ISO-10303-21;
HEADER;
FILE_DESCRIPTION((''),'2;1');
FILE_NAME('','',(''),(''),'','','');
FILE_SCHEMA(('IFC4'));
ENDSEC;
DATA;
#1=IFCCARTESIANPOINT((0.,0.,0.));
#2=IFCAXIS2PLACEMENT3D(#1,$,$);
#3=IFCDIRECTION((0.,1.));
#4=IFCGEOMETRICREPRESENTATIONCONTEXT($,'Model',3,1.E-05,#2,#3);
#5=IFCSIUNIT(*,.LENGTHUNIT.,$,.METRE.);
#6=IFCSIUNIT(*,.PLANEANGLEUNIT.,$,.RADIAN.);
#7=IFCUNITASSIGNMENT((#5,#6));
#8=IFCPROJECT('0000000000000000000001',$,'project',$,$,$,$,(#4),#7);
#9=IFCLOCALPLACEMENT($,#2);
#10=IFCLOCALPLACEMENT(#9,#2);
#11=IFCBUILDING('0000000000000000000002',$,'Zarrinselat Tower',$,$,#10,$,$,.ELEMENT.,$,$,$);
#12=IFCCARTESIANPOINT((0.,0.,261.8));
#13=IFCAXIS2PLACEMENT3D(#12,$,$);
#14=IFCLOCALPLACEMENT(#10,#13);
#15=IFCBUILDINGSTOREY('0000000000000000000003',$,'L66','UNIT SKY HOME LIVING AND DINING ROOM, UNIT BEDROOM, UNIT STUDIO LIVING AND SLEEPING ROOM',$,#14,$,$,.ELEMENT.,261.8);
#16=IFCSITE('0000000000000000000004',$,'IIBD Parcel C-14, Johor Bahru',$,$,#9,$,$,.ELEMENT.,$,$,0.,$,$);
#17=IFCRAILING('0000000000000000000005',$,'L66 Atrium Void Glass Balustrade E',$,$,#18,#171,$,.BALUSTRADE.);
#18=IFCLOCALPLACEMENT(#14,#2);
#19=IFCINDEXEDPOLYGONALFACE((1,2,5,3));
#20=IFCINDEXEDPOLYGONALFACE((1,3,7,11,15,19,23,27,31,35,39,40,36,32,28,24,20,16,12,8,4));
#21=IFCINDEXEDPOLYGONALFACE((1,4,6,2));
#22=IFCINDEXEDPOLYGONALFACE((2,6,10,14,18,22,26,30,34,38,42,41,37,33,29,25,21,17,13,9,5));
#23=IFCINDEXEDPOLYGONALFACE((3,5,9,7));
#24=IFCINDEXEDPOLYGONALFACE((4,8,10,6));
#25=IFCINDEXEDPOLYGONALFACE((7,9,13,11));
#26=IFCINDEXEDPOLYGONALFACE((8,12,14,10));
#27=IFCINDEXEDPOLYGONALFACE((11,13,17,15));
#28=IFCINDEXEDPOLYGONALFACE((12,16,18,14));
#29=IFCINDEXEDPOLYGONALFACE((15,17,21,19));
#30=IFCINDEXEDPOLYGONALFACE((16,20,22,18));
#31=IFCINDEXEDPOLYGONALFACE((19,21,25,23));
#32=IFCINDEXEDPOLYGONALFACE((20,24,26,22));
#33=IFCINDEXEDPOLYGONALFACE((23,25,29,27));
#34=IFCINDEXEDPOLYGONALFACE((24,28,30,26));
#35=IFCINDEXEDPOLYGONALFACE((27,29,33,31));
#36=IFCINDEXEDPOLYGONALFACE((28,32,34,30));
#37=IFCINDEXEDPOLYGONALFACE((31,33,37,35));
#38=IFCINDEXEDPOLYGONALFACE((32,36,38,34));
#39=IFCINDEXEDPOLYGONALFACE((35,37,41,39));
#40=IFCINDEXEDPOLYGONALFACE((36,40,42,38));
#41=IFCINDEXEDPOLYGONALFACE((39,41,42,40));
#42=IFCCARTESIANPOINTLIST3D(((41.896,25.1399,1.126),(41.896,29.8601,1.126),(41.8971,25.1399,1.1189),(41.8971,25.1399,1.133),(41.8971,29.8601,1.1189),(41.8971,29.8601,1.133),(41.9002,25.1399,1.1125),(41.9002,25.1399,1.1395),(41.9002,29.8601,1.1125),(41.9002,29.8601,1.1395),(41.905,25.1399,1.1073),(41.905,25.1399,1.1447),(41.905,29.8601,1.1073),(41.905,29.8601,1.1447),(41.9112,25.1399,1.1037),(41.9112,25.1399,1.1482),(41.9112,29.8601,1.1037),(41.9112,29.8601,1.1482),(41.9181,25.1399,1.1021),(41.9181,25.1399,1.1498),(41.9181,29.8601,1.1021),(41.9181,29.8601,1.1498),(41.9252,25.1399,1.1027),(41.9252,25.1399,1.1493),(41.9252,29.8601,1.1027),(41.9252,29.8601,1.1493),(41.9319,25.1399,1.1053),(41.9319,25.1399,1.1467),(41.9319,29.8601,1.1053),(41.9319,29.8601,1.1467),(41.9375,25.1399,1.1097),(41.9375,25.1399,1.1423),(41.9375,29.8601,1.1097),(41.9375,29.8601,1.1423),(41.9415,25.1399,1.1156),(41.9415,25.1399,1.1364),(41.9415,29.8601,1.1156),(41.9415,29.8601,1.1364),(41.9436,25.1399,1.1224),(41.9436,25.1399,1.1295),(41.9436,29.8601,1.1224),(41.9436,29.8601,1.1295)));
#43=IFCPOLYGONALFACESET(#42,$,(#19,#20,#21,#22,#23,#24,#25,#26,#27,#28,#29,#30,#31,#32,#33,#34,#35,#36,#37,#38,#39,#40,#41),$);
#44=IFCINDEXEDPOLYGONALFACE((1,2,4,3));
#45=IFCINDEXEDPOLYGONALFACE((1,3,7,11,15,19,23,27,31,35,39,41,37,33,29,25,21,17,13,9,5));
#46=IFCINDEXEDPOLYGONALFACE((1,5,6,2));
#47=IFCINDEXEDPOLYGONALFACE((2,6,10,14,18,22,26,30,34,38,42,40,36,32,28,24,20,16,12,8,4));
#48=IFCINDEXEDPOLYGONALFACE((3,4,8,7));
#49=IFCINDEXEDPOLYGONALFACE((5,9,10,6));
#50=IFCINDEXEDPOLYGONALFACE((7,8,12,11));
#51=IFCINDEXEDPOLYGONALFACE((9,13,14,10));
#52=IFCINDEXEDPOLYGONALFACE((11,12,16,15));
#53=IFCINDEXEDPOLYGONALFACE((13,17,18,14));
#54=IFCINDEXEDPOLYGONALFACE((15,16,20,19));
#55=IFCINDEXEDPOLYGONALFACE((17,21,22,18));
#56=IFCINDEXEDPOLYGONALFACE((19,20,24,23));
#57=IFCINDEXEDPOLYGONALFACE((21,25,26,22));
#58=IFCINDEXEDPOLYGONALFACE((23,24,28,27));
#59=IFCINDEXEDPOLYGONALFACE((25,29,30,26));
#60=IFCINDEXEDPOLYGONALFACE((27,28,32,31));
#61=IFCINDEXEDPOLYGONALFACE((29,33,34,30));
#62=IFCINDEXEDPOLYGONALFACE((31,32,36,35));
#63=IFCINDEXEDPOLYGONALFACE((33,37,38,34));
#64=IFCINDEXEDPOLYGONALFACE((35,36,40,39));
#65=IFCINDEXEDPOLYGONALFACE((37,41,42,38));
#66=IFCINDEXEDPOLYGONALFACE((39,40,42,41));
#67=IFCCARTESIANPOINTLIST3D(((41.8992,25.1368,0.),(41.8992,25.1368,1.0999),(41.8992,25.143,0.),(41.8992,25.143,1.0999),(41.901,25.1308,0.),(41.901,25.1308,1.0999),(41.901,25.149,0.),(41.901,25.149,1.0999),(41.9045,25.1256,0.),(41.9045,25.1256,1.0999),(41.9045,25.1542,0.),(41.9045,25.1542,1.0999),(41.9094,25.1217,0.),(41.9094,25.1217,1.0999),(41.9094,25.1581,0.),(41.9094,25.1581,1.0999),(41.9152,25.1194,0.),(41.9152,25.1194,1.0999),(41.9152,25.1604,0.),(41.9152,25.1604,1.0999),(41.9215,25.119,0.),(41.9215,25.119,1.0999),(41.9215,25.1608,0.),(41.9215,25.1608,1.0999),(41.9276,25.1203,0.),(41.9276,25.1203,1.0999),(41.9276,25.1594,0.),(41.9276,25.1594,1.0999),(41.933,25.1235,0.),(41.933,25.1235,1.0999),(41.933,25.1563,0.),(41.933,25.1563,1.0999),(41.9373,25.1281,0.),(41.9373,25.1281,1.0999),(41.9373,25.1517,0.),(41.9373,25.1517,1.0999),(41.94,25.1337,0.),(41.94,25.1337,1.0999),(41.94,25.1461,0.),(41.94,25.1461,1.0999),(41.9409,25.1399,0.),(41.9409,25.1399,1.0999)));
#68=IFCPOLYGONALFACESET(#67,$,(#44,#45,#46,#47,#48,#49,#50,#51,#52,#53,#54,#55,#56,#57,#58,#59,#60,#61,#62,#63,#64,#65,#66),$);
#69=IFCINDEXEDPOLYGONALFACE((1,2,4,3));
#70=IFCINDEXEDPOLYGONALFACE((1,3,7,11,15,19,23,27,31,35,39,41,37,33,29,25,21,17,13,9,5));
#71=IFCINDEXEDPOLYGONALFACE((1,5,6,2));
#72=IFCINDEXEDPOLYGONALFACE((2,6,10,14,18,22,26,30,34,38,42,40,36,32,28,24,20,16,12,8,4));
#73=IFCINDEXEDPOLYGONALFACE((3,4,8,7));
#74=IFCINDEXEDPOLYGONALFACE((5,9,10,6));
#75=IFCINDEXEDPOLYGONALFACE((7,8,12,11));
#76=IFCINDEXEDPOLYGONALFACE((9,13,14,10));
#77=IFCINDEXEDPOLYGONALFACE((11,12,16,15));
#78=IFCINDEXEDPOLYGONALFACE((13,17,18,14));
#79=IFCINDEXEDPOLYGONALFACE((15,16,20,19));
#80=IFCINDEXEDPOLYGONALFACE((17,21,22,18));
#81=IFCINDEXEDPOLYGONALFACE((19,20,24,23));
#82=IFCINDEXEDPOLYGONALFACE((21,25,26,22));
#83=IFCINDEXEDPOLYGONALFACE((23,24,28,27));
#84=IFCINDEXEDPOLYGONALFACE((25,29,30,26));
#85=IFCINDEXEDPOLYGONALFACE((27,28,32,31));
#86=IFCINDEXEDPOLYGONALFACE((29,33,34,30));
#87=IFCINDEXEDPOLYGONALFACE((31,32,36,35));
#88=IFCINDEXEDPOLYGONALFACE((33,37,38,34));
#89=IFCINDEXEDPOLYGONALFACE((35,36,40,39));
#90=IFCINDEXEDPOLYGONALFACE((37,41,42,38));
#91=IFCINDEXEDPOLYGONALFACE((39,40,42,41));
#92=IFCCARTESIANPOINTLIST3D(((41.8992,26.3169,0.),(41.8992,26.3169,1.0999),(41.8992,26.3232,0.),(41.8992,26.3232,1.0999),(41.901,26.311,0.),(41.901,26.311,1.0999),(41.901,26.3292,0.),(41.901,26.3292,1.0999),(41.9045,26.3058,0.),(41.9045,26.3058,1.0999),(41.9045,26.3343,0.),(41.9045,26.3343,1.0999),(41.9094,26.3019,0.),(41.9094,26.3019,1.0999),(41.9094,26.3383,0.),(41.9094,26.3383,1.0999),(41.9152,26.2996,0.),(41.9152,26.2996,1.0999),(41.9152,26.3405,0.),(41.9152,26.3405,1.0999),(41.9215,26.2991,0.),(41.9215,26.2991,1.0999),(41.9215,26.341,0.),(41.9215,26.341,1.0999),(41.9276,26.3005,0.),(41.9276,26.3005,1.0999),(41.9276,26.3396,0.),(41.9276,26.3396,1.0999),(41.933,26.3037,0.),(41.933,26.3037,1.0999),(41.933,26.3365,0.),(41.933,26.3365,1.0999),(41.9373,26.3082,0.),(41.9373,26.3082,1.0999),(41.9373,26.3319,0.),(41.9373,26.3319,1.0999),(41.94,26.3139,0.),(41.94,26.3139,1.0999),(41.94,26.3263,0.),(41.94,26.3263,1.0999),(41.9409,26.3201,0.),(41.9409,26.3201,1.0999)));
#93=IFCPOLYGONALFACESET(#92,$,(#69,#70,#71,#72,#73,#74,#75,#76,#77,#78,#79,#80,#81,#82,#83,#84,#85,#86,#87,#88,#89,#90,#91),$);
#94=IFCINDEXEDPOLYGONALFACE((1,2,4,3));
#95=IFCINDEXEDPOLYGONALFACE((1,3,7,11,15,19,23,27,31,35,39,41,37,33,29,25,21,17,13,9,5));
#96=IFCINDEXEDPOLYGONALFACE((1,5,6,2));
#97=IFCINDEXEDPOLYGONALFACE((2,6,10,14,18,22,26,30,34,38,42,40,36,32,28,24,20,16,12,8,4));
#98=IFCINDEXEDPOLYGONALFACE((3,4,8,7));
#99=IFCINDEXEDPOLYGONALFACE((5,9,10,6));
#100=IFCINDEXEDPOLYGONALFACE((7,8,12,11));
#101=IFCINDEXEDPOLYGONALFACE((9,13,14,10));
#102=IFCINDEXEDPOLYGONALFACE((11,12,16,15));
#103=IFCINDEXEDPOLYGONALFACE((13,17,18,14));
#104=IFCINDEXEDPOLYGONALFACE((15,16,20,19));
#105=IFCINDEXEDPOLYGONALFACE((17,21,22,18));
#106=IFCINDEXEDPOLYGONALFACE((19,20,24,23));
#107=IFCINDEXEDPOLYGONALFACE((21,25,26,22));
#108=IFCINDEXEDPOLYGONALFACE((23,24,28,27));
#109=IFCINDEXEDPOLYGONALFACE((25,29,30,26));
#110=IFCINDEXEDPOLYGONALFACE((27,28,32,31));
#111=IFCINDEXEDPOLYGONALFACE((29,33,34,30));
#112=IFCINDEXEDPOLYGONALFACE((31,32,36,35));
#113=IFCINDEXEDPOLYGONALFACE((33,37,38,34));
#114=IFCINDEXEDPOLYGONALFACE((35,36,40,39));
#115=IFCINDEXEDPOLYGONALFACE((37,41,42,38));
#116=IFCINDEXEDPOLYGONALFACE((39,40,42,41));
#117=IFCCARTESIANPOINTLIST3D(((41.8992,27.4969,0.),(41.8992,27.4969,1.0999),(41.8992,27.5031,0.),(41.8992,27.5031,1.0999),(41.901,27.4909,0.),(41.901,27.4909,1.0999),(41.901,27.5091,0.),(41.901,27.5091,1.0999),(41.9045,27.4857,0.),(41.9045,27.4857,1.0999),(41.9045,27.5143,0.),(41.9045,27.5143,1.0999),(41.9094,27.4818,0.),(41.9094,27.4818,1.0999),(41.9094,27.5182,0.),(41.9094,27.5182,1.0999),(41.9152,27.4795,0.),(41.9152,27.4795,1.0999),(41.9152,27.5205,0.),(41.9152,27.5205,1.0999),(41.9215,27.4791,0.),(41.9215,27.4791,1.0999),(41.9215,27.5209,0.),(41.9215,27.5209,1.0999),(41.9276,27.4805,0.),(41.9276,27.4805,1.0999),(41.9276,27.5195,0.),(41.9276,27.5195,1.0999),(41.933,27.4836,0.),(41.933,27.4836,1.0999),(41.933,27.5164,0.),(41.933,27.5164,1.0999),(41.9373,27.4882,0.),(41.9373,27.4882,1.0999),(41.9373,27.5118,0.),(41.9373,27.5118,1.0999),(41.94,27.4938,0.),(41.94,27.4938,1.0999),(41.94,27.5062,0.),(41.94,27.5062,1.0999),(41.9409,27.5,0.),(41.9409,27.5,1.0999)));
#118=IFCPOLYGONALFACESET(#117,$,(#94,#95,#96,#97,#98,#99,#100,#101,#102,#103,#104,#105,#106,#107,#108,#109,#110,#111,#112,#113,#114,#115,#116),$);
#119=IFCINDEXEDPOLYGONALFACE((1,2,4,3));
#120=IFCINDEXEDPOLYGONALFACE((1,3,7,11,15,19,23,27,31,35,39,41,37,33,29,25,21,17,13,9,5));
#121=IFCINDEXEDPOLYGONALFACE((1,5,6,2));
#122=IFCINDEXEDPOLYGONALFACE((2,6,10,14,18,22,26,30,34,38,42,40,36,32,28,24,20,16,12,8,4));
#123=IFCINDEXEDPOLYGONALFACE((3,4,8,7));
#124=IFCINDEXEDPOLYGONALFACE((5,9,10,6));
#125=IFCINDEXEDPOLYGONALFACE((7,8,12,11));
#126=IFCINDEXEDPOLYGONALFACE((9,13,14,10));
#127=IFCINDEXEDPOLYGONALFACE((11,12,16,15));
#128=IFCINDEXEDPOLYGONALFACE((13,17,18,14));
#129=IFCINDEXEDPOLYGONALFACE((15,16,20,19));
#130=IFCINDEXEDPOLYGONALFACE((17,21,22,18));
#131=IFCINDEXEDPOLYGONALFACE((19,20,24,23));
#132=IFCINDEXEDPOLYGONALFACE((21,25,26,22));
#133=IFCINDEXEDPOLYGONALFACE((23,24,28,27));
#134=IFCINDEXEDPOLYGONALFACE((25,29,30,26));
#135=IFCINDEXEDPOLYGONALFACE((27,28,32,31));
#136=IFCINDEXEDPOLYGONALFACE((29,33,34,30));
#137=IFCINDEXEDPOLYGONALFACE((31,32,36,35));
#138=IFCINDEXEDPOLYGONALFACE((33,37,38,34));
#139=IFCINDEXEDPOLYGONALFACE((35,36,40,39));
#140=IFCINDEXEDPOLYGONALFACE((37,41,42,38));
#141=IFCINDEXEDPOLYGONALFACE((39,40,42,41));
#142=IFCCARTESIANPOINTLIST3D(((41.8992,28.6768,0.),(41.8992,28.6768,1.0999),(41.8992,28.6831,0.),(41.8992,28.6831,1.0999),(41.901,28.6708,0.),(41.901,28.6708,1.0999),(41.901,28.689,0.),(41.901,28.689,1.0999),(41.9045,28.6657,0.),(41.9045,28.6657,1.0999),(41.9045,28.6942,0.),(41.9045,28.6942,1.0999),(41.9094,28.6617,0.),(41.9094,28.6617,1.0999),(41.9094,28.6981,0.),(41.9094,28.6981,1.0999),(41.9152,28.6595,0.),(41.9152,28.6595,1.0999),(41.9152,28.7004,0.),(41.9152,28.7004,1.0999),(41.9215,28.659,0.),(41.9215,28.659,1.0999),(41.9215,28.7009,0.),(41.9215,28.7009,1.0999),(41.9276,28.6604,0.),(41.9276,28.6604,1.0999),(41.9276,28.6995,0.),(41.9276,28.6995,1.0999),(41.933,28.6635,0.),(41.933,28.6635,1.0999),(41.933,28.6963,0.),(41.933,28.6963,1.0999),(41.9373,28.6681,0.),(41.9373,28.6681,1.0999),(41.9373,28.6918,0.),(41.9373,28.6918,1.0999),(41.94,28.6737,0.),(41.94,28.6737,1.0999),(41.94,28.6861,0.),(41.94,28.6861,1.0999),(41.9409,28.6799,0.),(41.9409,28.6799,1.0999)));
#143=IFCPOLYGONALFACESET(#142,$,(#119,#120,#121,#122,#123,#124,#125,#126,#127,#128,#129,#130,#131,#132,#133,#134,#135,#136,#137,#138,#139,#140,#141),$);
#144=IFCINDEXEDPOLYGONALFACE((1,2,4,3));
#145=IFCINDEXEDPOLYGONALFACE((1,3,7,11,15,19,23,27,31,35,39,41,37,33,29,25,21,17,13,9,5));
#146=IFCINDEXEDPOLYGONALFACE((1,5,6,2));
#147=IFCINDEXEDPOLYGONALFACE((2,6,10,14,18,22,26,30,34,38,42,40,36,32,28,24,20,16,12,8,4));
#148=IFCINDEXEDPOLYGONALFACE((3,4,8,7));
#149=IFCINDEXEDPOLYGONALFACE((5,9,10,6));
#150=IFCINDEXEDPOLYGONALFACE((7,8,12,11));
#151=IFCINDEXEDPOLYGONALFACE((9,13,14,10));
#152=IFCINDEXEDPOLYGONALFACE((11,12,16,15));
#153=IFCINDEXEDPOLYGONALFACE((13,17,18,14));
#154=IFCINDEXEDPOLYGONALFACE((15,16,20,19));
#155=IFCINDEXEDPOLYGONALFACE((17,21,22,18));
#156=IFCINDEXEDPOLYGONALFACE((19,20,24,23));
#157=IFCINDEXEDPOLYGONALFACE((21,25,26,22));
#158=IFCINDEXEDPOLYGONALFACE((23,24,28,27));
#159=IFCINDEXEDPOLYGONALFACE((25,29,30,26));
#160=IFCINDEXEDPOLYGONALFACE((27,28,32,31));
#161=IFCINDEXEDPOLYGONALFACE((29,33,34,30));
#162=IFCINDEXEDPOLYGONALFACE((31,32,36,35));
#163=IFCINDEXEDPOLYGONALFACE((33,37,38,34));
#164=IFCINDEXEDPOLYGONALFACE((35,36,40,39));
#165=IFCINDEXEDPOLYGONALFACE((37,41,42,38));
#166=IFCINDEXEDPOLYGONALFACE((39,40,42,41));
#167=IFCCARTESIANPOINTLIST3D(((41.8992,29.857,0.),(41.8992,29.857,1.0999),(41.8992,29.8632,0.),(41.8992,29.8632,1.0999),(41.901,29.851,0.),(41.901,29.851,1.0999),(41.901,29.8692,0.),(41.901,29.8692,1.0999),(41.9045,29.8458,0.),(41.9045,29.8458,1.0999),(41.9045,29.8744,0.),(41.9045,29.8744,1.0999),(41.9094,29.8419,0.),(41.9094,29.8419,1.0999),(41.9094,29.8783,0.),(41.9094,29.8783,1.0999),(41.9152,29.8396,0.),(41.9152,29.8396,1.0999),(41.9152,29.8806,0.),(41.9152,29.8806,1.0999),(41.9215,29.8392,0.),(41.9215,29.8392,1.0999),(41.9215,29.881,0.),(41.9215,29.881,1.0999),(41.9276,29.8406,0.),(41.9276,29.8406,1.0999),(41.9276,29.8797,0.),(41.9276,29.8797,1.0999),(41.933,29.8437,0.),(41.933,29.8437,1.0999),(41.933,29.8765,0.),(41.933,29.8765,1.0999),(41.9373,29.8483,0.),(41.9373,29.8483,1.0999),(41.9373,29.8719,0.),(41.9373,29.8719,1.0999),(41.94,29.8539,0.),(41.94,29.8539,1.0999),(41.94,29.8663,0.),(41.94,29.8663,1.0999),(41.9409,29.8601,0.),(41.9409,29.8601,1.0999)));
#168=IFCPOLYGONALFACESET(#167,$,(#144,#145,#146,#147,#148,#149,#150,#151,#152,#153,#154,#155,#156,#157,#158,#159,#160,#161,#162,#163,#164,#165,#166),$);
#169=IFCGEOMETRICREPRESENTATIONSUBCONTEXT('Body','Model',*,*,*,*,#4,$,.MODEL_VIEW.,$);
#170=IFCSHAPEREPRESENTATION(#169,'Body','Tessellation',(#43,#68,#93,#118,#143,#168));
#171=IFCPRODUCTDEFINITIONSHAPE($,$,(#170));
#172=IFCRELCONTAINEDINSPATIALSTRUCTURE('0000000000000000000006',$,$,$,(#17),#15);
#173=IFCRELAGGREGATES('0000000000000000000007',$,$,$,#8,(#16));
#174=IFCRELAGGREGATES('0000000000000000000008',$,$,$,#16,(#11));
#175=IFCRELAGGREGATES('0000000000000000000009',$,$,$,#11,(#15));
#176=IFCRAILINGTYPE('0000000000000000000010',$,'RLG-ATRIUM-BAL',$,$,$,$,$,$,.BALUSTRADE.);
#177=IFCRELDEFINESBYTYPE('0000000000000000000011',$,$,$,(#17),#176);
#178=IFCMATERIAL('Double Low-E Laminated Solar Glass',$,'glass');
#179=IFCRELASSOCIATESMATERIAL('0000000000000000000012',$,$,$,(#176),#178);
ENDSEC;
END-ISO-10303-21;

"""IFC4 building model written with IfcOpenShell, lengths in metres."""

from ifc_helpers import new_model, si_unit, direction, frame, origin, origin_2d, place, context, subcontext, project, spatial, circle, extrude, material, type_object, element, save


model = new_model("IFC4")

# Units and contexts
model_context = context("Model", 3, precision=1e-05, world=origin(), true_north=direction((0.0, 1.0)))
body_context = subcontext(model_context, "Body", "Model", "MODEL_VIEW")
ifc_project = project(units=[si_unit("LENGTHUNIT", "METRE"), si_unit("PLANEANGLEUNIT", "RADIAN")], contexts=[model_context])

# Site, building, storey
site_placement = place(None, origin())
site = spatial("IfcSite", under=ifc_project, at=site_placement, Name="IIBD Parcel C-14, Johor Bahru", CompositionType="ELEMENT", RefElevation=0.0)
building_placement = place(site_placement, origin())
building = spatial("IfcBuilding", under=site, at=building_placement, Name="Zarrinselat Tower", CompositionType="ELEMENT")
storey_placement = place(building_placement, frame((0.0, 0.0, 261.8)))
storey = spatial("IfcBuildingStorey", under=building, at=storey_placement, Name="L66", Description="UNIT SKY HOME LIVING AND DINING ROOM, UNIT BEDROOM, UNIT STUDIO LIVING AND SLEEPING ROOM", CompositionType="ELEMENT", Elevation=261.8)

# Railing
ifc_material_1 = material(Name="Double Low-E Laminated Solar Glass", Category="glass")
railing_type = type_object("IfcRailingType", Name="RLG-ATRIUM-BAL", PredefinedType="BALUSTRADE", material=ifc_material_1)
railing_1_placement = place(storey_placement, frame((41.9199, 25.1399, 0.0)))
element("IfcRailing", 1, at=railing_1_placement, inside=storey, type_object=railing_type, Name="L66 Atrium Void Glass Balustrade E", PredefinedType="BALUSTRADE", context=body_context, shape_type="SweptSolid", body=[
    extrude(circle(Radius=0.0239, at=origin_2d()), frame((0.0, 0.0, 1.126), z_axis=(0.0, 1.0, 0.0), x_axis=(-1.0, 0.0, 0.0)), (0.0, 0.0, 1.0), 4.7202),
    extrude(circle(Radius=0.021, at=origin_2d()), origin(), (0.0, 0.0, 1.0), 1.0999),
    extrude(circle(Radius=0.021, at=origin_2d()), frame((0.0, 1.1802, 0.0)), (0.0, 0.0, 1.0), 1.0999),
    extrude(circle(Radius=0.021, at=origin_2d()), frame((0.0, 2.3601, 0.0)), (0.0, 0.0, 1.0), 1.0999),
    extrude(circle(Radius=0.021, at=origin_2d()), frame((0.0, 3.54, 0.0)), (0.0, 0.0, 1.0), 1.0999),
    extrude(circle(Radius=0.021, at=origin_2d()), frame((0.0, 4.7202, 0.0)), (0.0, 0.0, 1.0), 1.0999),
])

save(model, "model.ifc")
